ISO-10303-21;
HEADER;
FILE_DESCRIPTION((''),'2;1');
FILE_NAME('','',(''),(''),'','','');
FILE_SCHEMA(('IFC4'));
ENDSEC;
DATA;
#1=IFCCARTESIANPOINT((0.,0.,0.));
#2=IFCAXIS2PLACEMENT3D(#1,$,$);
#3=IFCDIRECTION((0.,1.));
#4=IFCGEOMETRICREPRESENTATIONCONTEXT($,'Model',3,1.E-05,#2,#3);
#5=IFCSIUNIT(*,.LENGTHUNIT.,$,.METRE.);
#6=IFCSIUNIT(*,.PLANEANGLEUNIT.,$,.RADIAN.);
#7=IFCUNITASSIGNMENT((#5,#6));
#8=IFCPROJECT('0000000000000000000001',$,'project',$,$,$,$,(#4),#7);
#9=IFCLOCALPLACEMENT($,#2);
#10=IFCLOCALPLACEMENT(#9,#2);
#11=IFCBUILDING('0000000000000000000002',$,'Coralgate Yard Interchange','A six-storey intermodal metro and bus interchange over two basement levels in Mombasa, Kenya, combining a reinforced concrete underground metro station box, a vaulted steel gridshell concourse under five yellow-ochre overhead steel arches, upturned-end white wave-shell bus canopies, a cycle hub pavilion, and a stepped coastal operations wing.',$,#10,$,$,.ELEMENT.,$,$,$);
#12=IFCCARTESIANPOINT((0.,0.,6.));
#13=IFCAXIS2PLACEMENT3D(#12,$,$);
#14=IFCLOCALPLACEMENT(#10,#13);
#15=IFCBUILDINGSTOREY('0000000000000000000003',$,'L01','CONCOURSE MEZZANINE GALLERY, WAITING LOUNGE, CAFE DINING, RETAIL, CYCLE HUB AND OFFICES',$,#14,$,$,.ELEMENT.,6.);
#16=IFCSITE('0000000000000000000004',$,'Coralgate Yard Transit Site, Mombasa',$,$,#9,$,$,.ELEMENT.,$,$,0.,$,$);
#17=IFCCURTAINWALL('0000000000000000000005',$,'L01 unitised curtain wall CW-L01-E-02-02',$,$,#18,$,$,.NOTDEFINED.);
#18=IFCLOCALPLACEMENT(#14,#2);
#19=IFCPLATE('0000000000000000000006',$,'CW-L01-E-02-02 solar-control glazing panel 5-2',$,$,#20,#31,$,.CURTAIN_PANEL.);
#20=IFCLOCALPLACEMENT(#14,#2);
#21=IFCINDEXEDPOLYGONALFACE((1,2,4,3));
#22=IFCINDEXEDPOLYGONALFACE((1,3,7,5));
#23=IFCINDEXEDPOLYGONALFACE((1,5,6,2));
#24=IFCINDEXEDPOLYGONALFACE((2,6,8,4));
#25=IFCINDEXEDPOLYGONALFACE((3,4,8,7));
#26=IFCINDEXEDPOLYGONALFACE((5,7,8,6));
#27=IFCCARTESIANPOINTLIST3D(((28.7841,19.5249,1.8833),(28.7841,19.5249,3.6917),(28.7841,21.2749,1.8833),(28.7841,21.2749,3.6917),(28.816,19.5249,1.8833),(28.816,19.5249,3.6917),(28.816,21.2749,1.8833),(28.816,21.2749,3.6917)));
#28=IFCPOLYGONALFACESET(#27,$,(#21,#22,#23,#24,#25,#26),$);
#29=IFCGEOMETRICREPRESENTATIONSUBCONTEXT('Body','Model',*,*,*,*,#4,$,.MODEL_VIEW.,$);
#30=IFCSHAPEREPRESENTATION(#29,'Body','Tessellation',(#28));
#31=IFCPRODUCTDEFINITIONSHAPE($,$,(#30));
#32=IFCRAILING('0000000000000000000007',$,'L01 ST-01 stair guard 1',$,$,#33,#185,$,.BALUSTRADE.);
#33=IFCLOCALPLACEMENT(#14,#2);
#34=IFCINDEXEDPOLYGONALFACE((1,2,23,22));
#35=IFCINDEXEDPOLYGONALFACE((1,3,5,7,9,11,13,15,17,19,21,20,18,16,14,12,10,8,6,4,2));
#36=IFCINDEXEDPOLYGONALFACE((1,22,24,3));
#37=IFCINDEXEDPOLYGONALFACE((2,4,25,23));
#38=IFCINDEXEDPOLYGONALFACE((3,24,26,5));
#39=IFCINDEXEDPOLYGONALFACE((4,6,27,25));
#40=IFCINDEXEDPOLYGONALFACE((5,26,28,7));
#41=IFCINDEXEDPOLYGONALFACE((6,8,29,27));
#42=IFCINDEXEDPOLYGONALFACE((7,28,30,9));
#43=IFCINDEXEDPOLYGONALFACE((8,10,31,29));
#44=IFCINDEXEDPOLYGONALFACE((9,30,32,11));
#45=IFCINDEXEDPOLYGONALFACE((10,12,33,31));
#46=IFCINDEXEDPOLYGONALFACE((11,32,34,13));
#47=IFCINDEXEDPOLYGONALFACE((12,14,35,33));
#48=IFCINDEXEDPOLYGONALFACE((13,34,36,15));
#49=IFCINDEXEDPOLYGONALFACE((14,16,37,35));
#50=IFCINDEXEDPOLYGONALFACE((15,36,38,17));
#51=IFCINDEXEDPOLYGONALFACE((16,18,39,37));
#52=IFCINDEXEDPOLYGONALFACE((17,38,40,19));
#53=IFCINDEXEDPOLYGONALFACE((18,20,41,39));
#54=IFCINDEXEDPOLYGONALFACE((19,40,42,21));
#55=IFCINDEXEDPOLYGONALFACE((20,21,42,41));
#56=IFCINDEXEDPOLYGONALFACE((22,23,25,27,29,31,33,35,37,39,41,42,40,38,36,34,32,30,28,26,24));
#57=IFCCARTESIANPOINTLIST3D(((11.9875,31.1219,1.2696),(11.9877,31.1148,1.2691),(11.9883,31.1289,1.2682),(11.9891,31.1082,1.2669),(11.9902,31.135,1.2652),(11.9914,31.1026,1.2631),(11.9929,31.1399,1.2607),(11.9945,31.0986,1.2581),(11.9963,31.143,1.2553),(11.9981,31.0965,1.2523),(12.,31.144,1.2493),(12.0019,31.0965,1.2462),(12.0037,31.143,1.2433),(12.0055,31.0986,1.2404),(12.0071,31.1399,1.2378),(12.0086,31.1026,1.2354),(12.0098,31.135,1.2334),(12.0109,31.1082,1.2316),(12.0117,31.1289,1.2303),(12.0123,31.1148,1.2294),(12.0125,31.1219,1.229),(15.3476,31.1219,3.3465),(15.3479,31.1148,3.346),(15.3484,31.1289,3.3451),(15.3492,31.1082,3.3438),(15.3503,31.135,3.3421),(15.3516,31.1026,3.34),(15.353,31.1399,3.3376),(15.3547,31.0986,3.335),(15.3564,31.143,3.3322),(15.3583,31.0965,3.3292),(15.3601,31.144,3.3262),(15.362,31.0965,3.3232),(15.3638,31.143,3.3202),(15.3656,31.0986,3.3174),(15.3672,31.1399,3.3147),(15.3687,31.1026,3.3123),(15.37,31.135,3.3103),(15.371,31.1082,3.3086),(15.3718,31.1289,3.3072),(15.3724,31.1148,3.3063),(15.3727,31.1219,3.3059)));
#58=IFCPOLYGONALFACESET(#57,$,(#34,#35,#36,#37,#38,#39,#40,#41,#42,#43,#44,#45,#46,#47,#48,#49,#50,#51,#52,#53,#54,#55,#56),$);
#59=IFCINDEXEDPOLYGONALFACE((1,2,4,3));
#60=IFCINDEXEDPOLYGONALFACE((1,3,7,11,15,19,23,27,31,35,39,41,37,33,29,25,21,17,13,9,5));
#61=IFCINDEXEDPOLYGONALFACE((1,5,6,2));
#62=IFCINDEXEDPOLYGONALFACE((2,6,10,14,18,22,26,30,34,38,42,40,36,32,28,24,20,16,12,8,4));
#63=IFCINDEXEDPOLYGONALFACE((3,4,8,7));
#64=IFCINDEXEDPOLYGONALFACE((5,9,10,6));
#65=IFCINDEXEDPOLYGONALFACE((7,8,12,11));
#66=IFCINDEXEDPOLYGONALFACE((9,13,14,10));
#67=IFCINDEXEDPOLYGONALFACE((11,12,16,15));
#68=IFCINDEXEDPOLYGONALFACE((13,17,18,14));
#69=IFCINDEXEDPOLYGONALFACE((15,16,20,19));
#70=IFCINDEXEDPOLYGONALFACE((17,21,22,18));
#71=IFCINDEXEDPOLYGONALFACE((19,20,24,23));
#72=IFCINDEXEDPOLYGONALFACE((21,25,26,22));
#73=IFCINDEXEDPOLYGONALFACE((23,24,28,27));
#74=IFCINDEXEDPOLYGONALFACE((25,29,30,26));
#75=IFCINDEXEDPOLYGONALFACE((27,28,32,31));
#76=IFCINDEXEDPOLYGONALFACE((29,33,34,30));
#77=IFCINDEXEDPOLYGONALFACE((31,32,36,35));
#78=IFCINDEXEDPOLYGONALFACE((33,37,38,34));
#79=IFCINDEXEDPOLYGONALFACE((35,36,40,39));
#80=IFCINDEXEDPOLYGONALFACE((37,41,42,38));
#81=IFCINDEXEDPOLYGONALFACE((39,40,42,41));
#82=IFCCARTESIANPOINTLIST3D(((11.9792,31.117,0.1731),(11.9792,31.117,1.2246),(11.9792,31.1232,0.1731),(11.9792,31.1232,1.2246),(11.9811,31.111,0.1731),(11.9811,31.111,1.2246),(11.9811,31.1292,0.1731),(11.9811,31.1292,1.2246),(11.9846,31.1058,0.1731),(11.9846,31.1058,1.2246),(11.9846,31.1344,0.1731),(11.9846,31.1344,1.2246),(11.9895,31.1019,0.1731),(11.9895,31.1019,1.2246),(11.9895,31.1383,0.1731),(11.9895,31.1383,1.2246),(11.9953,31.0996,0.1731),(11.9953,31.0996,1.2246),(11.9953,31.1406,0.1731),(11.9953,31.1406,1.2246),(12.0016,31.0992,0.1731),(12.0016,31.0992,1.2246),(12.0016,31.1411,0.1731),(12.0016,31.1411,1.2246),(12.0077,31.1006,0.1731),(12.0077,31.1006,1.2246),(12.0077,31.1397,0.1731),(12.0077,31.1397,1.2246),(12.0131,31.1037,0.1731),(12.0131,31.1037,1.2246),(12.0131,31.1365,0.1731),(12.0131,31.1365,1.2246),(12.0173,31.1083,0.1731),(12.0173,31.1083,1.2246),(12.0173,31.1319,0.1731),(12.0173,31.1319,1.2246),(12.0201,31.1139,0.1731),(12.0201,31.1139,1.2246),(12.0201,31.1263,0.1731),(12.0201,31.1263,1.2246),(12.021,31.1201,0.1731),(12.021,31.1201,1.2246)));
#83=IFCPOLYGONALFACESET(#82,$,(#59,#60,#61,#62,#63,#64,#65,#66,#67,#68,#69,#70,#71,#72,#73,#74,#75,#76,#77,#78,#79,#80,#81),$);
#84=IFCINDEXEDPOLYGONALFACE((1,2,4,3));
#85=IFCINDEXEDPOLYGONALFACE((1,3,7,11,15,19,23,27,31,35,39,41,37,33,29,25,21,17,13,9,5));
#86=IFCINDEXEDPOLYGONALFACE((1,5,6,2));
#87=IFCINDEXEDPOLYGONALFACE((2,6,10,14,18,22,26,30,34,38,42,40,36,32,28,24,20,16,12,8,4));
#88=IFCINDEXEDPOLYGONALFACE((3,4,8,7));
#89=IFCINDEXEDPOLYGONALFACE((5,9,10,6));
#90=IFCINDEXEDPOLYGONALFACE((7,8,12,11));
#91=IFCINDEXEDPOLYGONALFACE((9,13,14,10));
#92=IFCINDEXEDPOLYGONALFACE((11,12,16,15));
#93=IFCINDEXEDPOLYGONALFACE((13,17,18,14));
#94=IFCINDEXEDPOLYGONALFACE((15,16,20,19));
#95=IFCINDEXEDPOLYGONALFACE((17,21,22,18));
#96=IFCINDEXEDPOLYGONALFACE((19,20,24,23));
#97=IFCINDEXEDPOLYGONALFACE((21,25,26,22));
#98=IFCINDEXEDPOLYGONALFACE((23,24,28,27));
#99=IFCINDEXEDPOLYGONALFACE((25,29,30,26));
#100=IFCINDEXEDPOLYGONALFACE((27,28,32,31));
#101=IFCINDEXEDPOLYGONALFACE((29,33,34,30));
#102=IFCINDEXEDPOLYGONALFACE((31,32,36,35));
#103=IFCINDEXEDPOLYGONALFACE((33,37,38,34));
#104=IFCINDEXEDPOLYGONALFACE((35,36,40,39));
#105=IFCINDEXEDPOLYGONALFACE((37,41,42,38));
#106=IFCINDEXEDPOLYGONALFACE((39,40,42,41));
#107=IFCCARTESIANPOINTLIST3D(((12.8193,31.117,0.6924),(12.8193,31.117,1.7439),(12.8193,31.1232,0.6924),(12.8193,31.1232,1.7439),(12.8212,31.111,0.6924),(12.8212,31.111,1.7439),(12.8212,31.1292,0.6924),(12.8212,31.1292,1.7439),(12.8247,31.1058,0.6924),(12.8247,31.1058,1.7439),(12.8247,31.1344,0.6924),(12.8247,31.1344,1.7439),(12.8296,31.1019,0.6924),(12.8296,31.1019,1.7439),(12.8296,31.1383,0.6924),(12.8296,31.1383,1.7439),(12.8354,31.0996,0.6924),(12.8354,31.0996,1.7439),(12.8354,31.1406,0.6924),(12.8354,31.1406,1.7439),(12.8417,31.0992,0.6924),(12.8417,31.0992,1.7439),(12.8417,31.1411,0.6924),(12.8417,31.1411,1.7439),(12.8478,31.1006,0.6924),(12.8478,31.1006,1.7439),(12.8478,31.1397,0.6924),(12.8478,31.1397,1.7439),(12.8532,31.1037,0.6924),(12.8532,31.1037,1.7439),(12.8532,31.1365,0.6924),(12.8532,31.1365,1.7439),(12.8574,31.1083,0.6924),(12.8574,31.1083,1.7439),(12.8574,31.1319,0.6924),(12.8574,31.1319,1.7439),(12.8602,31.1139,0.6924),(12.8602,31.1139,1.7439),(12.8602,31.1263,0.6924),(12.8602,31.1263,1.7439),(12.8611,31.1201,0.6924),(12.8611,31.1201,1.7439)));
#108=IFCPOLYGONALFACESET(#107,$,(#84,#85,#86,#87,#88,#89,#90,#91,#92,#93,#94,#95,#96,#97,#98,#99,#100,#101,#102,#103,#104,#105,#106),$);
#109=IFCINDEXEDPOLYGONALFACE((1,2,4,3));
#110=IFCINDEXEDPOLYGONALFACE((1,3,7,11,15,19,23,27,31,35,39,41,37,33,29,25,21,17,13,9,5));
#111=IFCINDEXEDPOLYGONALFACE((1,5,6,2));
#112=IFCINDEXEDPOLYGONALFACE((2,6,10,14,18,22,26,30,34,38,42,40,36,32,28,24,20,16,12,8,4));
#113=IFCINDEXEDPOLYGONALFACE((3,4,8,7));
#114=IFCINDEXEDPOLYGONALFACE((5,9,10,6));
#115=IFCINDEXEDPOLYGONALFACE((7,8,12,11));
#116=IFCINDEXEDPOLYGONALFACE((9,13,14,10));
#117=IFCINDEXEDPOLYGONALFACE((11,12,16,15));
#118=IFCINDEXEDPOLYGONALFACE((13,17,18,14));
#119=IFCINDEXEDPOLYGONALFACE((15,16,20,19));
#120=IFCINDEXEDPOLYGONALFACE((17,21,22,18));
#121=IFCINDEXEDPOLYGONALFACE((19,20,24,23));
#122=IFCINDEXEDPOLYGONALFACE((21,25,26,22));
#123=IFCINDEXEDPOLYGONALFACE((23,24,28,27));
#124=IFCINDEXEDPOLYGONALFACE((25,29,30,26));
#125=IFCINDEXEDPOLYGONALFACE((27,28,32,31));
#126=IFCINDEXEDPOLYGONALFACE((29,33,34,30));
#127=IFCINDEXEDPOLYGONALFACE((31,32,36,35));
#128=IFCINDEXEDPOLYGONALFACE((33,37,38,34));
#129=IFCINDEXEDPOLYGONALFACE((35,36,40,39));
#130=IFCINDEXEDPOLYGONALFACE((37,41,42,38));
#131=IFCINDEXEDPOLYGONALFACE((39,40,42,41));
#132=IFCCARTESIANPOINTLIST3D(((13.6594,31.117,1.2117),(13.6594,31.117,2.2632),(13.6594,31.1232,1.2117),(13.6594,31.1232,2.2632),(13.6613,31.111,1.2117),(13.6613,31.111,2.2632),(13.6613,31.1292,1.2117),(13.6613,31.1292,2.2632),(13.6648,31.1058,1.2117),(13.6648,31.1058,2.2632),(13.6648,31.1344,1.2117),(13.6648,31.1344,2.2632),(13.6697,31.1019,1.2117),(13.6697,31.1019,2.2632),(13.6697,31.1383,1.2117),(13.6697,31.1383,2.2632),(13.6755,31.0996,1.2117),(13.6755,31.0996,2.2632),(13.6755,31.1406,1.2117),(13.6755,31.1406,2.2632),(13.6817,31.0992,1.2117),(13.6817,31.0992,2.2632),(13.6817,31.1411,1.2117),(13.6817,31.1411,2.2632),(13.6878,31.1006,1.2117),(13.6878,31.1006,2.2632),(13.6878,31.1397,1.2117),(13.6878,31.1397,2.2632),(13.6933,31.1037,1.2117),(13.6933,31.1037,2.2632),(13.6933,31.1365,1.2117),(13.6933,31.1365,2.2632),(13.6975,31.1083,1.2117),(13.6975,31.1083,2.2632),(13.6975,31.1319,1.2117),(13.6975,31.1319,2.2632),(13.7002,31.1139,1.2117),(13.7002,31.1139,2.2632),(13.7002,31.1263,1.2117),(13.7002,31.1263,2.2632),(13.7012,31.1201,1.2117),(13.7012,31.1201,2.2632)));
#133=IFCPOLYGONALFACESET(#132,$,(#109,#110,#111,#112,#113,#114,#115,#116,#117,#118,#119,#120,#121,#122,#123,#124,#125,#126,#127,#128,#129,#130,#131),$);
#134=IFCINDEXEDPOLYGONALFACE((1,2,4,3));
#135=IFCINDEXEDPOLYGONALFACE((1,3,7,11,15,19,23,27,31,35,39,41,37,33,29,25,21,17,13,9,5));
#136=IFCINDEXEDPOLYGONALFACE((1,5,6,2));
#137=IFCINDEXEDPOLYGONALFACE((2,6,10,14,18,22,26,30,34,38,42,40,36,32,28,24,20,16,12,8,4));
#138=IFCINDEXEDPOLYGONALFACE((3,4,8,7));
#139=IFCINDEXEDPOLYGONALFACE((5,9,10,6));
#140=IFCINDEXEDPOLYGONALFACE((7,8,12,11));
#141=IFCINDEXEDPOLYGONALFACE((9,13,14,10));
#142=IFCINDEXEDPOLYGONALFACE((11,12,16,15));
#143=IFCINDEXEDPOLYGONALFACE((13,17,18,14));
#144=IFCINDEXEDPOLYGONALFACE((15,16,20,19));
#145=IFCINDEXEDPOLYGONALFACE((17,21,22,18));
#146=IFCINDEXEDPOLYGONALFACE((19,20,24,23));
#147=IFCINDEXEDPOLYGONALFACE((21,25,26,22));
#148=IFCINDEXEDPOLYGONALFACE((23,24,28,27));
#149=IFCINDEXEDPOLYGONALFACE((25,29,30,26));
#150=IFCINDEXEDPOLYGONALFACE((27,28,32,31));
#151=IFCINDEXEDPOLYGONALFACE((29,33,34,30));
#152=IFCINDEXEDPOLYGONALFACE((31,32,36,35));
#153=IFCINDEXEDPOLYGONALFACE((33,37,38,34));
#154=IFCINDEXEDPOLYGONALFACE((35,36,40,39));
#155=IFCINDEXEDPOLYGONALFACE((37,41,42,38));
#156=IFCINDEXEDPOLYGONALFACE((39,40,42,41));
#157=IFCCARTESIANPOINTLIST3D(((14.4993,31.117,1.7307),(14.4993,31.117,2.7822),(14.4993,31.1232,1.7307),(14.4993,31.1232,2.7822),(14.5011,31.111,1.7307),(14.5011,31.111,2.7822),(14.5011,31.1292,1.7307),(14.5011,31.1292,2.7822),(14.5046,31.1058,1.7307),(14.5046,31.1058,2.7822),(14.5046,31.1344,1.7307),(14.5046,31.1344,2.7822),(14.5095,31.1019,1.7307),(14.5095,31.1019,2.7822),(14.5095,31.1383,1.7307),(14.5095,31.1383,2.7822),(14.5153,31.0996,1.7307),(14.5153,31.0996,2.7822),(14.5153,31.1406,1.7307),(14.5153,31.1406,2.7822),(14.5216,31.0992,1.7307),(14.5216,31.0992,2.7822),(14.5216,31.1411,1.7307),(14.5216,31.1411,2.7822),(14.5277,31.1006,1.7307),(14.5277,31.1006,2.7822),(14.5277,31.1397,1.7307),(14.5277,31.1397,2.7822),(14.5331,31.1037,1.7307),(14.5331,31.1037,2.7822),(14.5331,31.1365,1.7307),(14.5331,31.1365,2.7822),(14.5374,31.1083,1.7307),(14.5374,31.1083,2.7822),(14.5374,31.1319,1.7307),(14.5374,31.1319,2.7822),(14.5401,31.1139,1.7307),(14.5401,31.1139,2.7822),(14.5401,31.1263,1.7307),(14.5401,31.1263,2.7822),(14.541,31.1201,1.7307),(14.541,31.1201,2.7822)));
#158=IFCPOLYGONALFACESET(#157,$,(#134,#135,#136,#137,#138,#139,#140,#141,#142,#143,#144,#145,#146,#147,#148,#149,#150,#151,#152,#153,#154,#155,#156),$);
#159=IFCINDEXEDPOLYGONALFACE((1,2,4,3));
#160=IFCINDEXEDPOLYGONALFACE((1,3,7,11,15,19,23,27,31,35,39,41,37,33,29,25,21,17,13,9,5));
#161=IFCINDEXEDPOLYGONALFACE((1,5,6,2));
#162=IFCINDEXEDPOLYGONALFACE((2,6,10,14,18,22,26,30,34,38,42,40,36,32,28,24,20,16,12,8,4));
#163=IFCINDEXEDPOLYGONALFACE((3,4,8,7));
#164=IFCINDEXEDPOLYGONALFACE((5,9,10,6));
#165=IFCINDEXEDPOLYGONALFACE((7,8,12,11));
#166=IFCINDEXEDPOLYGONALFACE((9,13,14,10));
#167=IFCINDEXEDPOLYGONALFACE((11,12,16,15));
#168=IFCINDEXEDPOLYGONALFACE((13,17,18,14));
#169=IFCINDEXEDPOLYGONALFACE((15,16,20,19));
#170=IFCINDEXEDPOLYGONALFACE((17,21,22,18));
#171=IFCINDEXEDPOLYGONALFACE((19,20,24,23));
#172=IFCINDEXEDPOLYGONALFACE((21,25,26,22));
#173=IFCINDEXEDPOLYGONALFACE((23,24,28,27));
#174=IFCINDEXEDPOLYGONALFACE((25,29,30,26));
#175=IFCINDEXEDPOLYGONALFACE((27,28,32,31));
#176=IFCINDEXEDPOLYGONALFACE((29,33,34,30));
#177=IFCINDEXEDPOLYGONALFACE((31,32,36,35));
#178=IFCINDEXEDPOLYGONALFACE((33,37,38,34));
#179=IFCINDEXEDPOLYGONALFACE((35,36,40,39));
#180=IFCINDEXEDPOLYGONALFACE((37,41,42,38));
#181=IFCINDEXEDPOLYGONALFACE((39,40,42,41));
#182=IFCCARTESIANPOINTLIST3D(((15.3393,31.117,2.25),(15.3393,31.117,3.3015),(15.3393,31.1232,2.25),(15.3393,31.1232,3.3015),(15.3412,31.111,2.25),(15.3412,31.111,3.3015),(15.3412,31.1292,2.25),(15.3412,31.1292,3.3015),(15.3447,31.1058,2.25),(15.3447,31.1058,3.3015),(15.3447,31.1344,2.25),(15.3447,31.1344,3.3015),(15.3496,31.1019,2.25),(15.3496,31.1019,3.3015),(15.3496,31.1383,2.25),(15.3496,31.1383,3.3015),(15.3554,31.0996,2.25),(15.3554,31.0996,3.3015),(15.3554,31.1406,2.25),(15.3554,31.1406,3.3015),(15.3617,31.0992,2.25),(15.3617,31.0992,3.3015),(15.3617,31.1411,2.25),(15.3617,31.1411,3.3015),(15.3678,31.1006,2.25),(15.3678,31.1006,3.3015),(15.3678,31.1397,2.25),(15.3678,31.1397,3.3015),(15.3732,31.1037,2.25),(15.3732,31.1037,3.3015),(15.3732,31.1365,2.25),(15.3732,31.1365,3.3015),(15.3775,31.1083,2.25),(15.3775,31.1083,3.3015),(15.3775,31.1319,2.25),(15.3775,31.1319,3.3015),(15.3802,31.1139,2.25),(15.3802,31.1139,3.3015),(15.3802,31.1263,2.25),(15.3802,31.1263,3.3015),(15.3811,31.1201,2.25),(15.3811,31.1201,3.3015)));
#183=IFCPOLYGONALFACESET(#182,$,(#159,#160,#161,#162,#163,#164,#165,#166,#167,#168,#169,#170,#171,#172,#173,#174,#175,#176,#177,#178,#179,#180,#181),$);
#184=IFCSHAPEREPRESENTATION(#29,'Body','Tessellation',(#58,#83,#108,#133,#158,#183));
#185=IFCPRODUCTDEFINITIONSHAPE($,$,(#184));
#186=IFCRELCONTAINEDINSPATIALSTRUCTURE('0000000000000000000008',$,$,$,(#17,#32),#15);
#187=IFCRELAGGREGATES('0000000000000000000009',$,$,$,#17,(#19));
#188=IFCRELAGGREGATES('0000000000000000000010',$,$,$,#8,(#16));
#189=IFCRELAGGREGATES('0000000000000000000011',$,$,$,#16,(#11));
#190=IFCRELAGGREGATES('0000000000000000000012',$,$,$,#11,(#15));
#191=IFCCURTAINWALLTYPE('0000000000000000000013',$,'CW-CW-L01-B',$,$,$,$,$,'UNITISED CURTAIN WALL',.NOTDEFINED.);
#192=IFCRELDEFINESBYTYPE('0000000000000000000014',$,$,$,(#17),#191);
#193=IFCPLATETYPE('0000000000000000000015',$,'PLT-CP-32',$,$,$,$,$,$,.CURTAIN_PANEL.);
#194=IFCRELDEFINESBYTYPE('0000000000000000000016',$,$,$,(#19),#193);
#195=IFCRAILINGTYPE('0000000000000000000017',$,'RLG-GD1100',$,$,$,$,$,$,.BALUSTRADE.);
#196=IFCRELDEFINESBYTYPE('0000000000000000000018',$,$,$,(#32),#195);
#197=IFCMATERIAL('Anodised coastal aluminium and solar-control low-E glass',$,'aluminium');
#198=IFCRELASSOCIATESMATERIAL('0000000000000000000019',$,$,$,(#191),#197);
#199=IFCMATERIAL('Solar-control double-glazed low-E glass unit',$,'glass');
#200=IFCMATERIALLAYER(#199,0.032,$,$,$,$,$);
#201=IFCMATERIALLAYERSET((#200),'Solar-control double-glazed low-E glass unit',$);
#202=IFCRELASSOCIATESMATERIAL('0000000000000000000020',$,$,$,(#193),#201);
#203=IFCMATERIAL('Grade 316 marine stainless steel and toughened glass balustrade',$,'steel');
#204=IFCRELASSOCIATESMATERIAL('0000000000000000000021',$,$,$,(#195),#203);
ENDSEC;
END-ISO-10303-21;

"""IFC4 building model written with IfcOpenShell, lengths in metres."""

from ifc_helpers import new_model, si_unit, direction, frame, origin, origin_2d, place, context, subcontext, project, spatial, rectangle, circle, extrude, material, layer, layer_set, type_object, element, aggregate, save


model = new_model("IFC4")

# Units and contexts
model_context = context("Model", 3, precision=1e-05, world=origin(), true_north=direction((0.0, 1.0)))
body_context = subcontext(model_context, "Body", "Model", "MODEL_VIEW")
ifc_project = project(units=[si_unit("LENGTHUNIT", "METRE"), si_unit("PLANEANGLEUNIT", "RADIAN")], contexts=[model_context])

# Site, building, storey
site_placement = place(None, origin())
site = spatial("IfcSite", under=ifc_project, at=site_placement, Name="Coralgate Yard Transit Site, Mombasa", CompositionType="ELEMENT", RefElevation=0.0)
building_placement = place(site_placement, origin())
building = spatial("IfcBuilding", under=site, at=building_placement, Name="Coralgate Yard Interchange", Description="A six-storey intermodal metro and bus interchange over two basement levels in Mombasa, Kenya, combining a reinforced concrete underground metro station box, a vaulted steel gridshell concourse under five yellow-ochre overhead steel arches, upturned-end white wave-shell bus canopies, a cycle hub pavilion, and a stepped coastal operations wing.", CompositionType="ELEMENT")
storey_placement = place(building_placement, frame((0.0, 0.0, 6.0)))
storey = spatial("IfcBuildingStorey", under=building, at=storey_placement, Name="L01", Description="CONCOURSE MEZZANINE GALLERY, WAITING LOUNGE, CAFE DINING, RETAIL, CYCLE HUB AND OFFICES", CompositionType="ELEMENT", Elevation=6.0)

# Curtain wall, plate
ifc_material_1 = material(Name="Anodised coastal aluminium and solar-control low-E glass", Category="aluminium")
curtain_wall_type = type_object("IfcCurtainWallType", Name="CW-CW-L01-B", ElementType="UNITISED CURTAIN WALL", PredefinedType="NOTDEFINED", material=ifc_material_1)
curtain_wall_placement = place(storey_placement, origin())
curtain_wall = element("IfcCurtainWall", 1, at=curtain_wall_placement, inside=storey, type_object=curtain_wall_type, Name="L01 unitised curtain wall CW-L01-E-02-02", PredefinedType="NOTDEFINED")
ifc_material_2 = material(Name="Solar-control double-glazed low-E glass unit", Category="glass")
ifc_layer = layer(ifc_material_2, 0.032)
ifc_layer_set = layer_set([ifc_layer], Name="Solar-control double-glazed low-E glass unit")
plate_type = type_object("IfcPlateType", Name="PLT-CP-32", PredefinedType="CURTAIN_PANEL", material=ifc_layer_set)
plate_1_placement = place(storey_placement, frame((28.8, 20.3999, 1.8833), z_axis=(0.0, 0.0, 1.0), x_axis=(0.0, -1.0, 0.0)))
plate_1 = element("IfcPlate", 2, at=plate_1_placement, type_object=plate_type, Name="CW-L01-E-02-02 solar-control glazing panel 5-2", PredefinedType="CURTAIN_PANEL", context=body_context, shape_type="SweptSolid", body=[
    extrude(rectangle(XDim=1.75, YDim=0.032, at=origin_2d()), origin(), (0.0, 0.0, 1.0), 1.8083),
])
aggregate(curtain_wall, [plate_1])

# Railing
ifc_material_3 = material(Name="Grade 316 marine stainless steel and toughened glass balustrade", Category="steel")
railing_type = type_object("IfcRailingType", Name="RLG-GD1100", PredefinedType="BALUSTRADE", material=ifc_material_3)
railing_1_placement = place(storey_placement, frame((12.0, 31.1201, 0.1731)))
element("IfcRailing", 3, at=railing_1_placement, inside=storey, type_object=railing_type, Name="L01 ST-01 stair guard 1", PredefinedType="BALUSTRADE", context=body_context, shape_type="SweptSolid", body=[
    extrude(circle(Radius=0.0239, at=origin_2d()), frame((0.0, 0.0, 1.0762), z_axis=(0.850623, 0.0, 0.525776), x_axis=(0.0, 1.0, 0.0)), (0.0, 0.0, 1.0), 3.9502),
    extrude(circle(Radius=0.021, at=origin_2d()), origin(), (0.0, 0.0, 1.0), 1.0515),
    extrude(circle(Radius=0.021, at=origin_2d()), frame((0.8401, 0.0, 0.5193)), (0.0, 0.0, 1.0), 1.0515),
    extrude(circle(Radius=0.021, at=origin_2d()), frame((1.6802, 0.0, 1.0386)), (0.0, 0.0, 1.0), 1.0515),
    extrude(circle(Radius=0.021, at=origin_2d()), frame((2.52, 0.0, 1.5576)), (0.0, 0.0, 1.0), 1.0515),
    extrude(circle(Radius=0.021, at=origin_2d()), frame((3.3601, 0.0, 2.0769)), (0.0, 0.0, 1.0), 1.0515),
])

save(model, "model.ifc")
